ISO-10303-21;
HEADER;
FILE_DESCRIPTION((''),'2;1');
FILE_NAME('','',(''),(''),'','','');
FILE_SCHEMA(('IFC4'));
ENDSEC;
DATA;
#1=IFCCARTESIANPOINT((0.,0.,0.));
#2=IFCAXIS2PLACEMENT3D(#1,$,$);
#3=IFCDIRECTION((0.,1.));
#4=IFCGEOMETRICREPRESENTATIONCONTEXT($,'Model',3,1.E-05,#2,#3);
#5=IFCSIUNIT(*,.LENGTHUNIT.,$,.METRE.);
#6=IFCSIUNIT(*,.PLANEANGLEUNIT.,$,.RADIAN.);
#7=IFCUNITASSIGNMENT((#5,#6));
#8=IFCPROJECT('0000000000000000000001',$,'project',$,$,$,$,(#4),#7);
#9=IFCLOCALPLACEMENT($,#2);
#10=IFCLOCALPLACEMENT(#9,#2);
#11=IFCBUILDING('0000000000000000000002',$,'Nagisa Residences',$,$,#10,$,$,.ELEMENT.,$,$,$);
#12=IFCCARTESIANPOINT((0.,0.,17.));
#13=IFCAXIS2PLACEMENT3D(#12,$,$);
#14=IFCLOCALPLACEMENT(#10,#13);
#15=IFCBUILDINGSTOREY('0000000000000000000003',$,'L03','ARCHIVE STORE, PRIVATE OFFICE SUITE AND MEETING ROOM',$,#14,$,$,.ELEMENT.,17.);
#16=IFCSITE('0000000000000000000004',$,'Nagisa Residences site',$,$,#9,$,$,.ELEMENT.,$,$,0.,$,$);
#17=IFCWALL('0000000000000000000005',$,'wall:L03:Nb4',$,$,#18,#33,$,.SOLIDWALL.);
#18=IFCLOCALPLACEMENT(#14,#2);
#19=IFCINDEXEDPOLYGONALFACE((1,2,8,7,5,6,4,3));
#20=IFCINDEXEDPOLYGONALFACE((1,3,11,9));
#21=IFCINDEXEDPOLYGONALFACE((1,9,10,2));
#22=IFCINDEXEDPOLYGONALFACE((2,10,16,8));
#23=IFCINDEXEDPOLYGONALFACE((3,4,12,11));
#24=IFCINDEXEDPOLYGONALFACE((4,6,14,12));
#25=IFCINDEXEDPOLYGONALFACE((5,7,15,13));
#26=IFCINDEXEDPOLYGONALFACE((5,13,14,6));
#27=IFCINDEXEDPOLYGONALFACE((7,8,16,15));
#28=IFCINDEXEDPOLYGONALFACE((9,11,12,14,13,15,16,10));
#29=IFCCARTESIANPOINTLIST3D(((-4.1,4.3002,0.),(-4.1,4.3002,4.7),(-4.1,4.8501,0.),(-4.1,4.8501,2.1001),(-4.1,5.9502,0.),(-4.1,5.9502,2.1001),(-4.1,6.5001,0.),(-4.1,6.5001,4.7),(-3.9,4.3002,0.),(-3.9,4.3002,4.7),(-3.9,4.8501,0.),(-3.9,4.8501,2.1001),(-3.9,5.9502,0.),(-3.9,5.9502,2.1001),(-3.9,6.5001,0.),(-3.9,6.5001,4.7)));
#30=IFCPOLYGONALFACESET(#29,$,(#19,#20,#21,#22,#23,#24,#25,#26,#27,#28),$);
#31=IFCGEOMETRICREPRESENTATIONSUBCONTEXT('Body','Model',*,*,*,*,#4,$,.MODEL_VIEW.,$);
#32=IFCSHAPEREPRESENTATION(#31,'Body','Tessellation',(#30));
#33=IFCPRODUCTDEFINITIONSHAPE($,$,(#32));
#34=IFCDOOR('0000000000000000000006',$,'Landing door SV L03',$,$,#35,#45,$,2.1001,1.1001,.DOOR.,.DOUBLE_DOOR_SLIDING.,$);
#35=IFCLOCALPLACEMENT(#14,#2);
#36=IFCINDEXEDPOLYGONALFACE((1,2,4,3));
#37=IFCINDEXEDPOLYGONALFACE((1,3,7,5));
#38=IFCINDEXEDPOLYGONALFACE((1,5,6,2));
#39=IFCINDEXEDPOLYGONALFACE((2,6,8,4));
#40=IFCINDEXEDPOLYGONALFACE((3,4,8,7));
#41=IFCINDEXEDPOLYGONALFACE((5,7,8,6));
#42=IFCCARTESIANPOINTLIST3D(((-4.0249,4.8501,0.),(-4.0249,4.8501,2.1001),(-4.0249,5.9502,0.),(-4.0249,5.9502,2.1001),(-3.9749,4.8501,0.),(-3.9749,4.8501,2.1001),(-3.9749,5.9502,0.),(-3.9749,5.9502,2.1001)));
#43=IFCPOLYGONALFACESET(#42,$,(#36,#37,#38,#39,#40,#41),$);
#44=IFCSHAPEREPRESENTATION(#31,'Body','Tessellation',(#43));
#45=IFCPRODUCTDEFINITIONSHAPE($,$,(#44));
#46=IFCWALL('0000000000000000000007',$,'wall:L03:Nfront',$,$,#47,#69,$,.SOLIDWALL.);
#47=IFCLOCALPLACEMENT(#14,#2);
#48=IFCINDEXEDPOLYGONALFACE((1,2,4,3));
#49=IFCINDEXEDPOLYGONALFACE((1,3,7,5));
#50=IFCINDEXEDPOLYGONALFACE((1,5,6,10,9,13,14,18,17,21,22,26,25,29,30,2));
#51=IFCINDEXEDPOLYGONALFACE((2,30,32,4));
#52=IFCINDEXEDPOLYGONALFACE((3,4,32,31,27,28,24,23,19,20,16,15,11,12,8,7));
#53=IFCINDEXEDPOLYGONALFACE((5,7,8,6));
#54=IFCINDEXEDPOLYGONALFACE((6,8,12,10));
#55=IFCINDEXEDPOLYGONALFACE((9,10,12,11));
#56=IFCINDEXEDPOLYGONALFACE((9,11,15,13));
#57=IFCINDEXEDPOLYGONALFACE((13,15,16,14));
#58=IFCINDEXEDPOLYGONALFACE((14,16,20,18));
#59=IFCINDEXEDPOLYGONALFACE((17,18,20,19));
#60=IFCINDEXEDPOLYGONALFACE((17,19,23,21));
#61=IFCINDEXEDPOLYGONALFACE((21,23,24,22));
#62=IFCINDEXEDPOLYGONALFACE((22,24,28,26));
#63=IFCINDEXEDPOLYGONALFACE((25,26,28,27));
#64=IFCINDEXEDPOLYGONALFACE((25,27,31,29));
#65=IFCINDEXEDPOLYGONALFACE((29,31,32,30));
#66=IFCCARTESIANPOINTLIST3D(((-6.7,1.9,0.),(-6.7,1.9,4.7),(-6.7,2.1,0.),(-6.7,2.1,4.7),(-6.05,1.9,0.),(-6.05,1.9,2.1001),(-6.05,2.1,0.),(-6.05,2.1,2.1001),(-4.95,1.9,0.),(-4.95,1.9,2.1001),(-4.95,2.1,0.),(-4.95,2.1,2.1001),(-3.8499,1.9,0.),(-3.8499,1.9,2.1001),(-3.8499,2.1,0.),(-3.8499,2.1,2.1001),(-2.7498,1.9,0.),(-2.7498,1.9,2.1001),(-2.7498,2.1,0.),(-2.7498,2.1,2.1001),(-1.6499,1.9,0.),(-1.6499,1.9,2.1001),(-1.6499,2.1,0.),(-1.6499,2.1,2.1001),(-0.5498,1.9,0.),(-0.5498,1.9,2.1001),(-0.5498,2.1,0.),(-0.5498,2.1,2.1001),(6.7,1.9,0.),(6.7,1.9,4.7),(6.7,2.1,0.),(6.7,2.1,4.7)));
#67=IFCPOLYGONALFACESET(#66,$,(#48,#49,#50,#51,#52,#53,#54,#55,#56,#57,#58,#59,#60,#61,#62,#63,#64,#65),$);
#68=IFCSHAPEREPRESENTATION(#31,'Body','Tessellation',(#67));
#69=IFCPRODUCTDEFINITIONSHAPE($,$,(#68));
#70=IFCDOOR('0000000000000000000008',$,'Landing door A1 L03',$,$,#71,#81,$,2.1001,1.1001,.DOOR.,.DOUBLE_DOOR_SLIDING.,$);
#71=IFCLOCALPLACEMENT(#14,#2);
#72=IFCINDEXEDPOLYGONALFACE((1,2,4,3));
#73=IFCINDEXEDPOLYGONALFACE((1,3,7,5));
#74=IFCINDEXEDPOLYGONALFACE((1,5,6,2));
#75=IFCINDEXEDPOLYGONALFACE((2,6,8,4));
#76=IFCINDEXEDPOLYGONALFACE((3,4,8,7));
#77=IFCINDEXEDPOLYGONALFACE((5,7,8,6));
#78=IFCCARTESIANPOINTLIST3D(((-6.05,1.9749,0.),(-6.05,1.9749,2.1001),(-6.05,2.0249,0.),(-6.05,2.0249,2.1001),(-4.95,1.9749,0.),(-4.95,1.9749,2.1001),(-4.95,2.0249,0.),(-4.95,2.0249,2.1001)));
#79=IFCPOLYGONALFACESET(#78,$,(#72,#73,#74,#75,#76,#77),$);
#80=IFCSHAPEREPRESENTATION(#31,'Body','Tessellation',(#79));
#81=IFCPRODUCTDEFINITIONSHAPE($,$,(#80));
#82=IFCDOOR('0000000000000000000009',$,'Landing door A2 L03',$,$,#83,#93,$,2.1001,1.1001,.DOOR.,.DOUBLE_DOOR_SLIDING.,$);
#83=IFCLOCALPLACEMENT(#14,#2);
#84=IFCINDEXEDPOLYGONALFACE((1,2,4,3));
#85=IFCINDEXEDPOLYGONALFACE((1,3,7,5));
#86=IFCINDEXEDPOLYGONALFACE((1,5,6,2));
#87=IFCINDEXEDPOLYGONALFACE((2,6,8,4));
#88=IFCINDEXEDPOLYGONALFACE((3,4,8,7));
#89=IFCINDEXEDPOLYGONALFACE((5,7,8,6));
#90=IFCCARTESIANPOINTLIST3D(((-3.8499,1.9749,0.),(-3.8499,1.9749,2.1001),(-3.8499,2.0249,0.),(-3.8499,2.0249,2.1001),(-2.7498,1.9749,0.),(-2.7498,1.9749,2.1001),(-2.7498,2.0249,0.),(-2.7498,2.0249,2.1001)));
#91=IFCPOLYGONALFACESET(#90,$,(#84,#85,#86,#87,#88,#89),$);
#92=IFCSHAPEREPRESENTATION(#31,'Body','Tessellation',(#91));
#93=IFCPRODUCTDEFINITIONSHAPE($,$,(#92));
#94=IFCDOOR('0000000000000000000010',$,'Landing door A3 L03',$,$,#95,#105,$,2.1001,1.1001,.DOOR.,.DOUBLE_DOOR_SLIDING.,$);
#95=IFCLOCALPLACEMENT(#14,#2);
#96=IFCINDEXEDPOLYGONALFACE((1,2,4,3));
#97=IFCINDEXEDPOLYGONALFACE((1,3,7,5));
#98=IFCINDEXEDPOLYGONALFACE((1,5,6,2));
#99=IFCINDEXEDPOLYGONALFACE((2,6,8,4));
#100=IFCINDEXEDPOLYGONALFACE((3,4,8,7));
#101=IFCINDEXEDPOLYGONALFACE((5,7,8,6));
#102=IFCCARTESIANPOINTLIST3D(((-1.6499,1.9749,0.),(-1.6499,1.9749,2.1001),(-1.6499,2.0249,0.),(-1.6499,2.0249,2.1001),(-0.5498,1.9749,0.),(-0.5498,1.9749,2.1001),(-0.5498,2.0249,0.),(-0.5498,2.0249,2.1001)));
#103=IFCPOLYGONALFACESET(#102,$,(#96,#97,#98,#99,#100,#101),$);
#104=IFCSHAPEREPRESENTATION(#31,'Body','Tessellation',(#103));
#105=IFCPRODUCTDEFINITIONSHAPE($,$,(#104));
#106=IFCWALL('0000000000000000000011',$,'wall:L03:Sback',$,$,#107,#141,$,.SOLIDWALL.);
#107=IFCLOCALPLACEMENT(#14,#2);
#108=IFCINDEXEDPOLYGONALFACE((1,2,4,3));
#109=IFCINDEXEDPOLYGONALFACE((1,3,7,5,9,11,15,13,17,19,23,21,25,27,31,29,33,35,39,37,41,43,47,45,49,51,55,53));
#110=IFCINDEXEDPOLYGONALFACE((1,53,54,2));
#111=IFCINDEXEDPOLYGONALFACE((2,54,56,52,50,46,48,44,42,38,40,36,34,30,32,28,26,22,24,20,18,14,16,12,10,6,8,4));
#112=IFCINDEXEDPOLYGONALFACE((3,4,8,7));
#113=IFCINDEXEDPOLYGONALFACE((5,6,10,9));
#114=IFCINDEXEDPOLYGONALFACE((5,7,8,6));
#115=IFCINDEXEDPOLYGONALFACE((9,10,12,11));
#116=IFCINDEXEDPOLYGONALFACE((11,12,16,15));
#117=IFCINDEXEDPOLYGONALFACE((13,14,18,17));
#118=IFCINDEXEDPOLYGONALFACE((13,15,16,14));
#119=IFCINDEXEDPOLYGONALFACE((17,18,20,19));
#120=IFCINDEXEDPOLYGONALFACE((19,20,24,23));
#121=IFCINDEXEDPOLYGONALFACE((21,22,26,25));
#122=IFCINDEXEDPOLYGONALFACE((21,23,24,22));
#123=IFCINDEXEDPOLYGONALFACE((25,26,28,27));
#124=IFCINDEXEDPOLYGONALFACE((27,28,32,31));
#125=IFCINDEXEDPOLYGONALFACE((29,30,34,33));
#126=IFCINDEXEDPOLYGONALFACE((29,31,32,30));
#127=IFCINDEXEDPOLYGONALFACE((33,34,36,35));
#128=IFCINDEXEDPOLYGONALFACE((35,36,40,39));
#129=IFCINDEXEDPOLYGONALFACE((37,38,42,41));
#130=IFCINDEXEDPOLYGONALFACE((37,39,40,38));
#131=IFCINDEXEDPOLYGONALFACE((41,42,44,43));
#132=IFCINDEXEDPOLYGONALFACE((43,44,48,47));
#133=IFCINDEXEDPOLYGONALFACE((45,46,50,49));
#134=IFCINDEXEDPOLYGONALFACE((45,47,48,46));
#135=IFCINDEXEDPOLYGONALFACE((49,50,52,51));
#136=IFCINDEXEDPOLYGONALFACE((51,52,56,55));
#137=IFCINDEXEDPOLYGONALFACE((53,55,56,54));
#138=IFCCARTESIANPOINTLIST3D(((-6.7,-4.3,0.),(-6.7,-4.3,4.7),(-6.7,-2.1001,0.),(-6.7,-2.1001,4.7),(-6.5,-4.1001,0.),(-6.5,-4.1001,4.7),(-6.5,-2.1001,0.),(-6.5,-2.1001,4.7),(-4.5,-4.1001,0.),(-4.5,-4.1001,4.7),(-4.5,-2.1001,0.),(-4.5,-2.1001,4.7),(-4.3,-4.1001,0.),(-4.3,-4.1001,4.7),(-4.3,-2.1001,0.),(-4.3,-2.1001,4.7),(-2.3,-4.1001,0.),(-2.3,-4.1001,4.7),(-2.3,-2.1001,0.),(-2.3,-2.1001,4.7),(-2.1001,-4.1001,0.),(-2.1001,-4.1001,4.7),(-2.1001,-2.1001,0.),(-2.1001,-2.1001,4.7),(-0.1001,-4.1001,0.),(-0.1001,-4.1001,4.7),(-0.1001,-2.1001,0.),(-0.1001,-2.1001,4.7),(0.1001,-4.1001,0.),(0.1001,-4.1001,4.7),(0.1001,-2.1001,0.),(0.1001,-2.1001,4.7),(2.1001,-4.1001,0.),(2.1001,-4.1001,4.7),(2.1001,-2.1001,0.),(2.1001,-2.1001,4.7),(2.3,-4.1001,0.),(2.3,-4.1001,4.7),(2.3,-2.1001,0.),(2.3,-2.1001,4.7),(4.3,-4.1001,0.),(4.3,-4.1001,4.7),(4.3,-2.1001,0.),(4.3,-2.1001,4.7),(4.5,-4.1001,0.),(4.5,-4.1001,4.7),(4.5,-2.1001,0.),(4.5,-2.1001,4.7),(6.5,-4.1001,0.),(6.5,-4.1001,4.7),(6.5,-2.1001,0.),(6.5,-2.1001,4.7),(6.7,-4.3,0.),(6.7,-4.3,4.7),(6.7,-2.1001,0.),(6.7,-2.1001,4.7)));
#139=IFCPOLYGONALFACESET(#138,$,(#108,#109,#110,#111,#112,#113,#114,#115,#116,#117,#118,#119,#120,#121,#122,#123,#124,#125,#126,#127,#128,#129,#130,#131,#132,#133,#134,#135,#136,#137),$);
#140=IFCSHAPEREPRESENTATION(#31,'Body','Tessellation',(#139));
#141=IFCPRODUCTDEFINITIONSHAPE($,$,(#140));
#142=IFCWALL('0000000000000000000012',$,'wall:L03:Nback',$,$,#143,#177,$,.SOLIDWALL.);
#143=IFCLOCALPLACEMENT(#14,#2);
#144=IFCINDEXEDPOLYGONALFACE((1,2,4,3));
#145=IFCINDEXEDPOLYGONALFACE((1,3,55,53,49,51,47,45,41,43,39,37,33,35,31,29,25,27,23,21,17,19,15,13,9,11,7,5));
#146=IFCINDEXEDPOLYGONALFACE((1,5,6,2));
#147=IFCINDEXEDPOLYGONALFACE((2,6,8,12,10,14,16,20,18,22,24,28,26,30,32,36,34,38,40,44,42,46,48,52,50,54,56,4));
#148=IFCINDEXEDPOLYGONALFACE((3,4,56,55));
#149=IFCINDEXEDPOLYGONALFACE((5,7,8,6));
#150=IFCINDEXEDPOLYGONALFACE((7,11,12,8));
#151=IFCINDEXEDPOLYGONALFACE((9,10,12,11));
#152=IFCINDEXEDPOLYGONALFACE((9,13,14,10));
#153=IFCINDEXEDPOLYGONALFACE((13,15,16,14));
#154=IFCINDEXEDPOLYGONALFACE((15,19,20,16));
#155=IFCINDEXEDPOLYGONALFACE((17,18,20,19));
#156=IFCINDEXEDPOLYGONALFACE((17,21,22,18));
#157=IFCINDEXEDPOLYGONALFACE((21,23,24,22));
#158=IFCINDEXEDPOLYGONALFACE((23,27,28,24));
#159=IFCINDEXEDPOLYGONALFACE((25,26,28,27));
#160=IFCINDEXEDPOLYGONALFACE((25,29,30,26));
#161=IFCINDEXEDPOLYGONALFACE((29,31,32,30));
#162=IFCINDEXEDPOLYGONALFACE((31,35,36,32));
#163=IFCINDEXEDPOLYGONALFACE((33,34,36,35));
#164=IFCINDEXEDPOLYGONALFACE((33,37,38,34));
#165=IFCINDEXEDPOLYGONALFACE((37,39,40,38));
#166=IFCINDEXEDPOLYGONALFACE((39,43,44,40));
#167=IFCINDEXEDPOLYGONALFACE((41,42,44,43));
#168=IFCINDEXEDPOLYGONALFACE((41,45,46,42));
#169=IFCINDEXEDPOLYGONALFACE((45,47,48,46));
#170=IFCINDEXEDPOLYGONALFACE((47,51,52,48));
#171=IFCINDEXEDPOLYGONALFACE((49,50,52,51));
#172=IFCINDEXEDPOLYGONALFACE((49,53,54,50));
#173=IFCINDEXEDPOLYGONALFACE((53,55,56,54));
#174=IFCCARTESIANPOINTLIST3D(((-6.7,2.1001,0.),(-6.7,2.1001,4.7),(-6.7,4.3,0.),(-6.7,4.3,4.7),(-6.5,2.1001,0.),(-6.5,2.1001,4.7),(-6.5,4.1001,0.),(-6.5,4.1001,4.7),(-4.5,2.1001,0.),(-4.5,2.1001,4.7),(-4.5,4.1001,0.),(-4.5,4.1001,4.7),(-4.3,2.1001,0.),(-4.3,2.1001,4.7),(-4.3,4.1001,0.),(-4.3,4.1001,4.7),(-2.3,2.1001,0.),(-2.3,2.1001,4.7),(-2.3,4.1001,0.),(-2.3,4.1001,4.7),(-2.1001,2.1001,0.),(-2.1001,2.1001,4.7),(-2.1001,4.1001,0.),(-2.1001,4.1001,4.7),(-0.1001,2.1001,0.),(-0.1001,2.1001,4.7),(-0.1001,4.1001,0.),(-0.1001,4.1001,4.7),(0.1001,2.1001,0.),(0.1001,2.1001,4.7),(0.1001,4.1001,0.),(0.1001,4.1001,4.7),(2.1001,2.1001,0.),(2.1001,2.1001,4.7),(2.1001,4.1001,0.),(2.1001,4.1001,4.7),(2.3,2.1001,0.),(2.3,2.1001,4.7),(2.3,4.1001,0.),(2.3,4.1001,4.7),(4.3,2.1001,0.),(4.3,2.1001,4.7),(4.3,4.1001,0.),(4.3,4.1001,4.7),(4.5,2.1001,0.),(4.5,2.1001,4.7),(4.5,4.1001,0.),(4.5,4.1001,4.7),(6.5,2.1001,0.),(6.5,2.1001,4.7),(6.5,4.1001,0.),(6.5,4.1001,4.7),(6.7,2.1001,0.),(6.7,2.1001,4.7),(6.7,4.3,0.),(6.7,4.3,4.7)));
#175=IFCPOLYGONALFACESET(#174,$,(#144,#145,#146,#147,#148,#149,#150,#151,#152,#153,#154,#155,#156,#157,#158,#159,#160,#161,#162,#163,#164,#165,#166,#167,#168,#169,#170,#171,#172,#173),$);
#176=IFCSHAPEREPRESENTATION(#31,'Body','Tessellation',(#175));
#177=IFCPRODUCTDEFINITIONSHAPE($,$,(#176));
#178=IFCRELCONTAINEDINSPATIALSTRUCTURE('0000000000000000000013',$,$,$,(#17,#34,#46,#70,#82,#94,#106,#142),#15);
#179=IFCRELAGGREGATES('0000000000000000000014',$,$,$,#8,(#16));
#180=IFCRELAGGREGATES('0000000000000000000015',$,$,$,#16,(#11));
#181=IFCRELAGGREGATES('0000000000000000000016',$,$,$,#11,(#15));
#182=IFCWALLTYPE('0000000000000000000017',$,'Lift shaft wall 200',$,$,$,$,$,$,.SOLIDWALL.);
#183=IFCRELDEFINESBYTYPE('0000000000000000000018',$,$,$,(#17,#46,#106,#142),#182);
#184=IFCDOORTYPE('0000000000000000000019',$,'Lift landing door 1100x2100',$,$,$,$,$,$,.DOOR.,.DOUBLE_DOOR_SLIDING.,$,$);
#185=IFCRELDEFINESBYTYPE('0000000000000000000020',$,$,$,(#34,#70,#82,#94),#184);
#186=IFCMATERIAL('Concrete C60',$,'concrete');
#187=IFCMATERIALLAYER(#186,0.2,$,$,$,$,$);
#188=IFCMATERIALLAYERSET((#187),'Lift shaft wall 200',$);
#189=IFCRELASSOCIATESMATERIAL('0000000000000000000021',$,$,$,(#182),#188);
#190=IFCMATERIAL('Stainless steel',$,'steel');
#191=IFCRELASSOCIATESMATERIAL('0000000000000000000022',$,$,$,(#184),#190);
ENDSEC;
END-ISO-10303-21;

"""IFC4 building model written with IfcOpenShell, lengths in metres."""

from ifc_helpers import new_model, si_unit, direction, frame, frame_2d, origin, place, context, subcontext, project, spatial, polyline, rectangle, outline, extrude, material, layer, layer_set, type_object, element, fill, save


model = new_model("IFC4")

# Units and contexts
model_context = context("Model", 3, precision=1e-05, world=origin(), true_north=direction((0.0, 1.0)))
body_context = subcontext(model_context, "Body", "Model", "MODEL_VIEW")
ifc_project = project(units=[si_unit("LENGTHUNIT", "METRE"), si_unit("PLANEANGLEUNIT", "RADIAN")], contexts=[model_context])

# Site, building, storey
site_placement = place(None, origin())
site = spatial("IfcSite", under=ifc_project, at=site_placement, Name="Nagisa Residences site", CompositionType="ELEMENT", RefElevation=0.0)
building_placement = place(site_placement, origin())
building = spatial("IfcBuilding", under=site, at=building_placement, Name="Nagisa Residences", CompositionType="ELEMENT")
storey_placement = place(building_placement, frame((0.0, 0.0, 17.0)))
storey = spatial("IfcBuildingStorey", under=building, at=storey_placement, Name="L03", Description="ARCHIVE STORE, PRIVATE OFFICE SUITE AND MEETING ROOM", CompositionType="ELEMENT", Elevation=17.0)

# Wall, opening, door
ifc_material_1 = material(Name="Concrete C60", Category="concrete")
ifc_layer_1 = layer(ifc_material_1, 0.2)
ifc_layer_set_1 = layer_set([ifc_layer_1], Name="Lift shaft wall 200")
wall_type_1 = type_object("IfcWallType", Name="Lift shaft wall 200", PredefinedType="SOLIDWALL", material=ifc_layer_set_1)
wall_1_placement = place(storey_placement, frame((-4.0, 4.3, 0.0), z_axis=(0.0, 0.0, 1.0), x_axis=(0.0, 1.0, 0.0)))
wall_1 = element("IfcWall", 1, at=wall_1_placement, inside=storey, type_object=wall_type_1, Name="wall:L03:Nb4", PredefinedType="SOLIDWALL", context=body_context, shape_type="SweptSolid", body=[
    extrude(rectangle(XDim=2.2, YDim=0.2, at=frame_2d((1.1001, 0.0))), origin(), (0.0, 0.0, 1.0), 4.7),
])
opening_1_placement = place(wall_1_placement, frame((0.55, 0.0, 0.0)))
opening_1 = element("IfcOpeningElement", 2, at=opening_1_placement, cuts=wall_1, PredefinedType="OPENING", context=body_context, shape_type="SweptSolid", body=[
    extrude(rectangle(XDim=1.1001, YDim=2.1001, at=frame_2d((0.55, 1.05))), frame((0.0, 0.1099, 0.0), z_axis=(0.0, -1.0, 0.0), x_axis=(1.0, 0.0, 0.0)), (0.0, 0.0, 1.0), 0.22),
])
ifc_material_2 = material(Name="Stainless steel", Category="steel")
door_type_1 = type_object("IfcDoorType", Name="Lift landing door 1100x2100", OperationType="DOUBLE_DOOR_SLIDING", PredefinedType="DOOR", material=ifc_material_2)
door_1_placement = place(opening_1_placement, origin())
door_1 = element("IfcDoor", 3, at=door_1_placement, inside=storey, type_object=door_type_1, Name="Landing door SV L03", OperationType="DOUBLE_DOOR_SLIDING", OverallHeight=2.1001, OverallWidth=1.1001, PredefinedType="DOOR", context=body_context, shape_type="SweptSolid", body=[
    extrude(rectangle(XDim=1.1001, YDim=2.1001, at=frame_2d((0.55, 1.05))), frame((0.0, 0.0249, 0.0), z_axis=(0.0, -1.0, 0.0), x_axis=(1.0, 0.0, 0.0)), (0.0, 0.0, 1.0), 0.05),
])
fill(opening_1, door_1)

# Wall, openings, doors
wall_2_placement = place(storey_placement, frame((-6.7, 2.0, 0.0), z_axis=(0.0, 0.0, 1.0), x_axis=(1.0, 0.0, 0.0)))
wall_2 = element("IfcWall", 4, at=wall_2_placement, inside=storey, type_object=wall_type_1, Name="wall:L03:Nfront", PredefinedType="SOLIDWALL", context=body_context, shape_type="SweptSolid", body=[
    extrude(rectangle(XDim=13.3999, YDim=0.2, at=frame_2d((6.7, 0.0))), origin(), (0.0, 0.0, 1.0), 4.7),
])
opening_2_placement = place(wall_2_placement, frame((0.6499, 0.0, 0.0)))
opening_2 = element("IfcOpeningElement", 5, at=opening_2_placement, cuts=wall_2, PredefinedType="OPENING", context=body_context, shape_type="SweptSolid", body=[
    extrude(rectangle(XDim=1.1001, YDim=2.1001, at=frame_2d((0.55, 1.05))), frame((0.0, 0.1099, 0.0), z_axis=(0.0, -1.0, 0.0), x_axis=(1.0, 0.0, 0.0)), (0.0, 0.0, 1.0), 0.22),
])
opening_3_placement = place(wall_2_placement, frame((2.8501, 0.0, 0.0)))
opening_3 = element("IfcOpeningElement", 6, at=opening_3_placement, cuts=wall_2, PredefinedType="OPENING", context=body_context, shape_type="SweptSolid", body=[
    extrude(rectangle(XDim=1.1001, YDim=2.1001, at=frame_2d((0.55, 1.05))), frame((0.0, 0.1099, 0.0), z_axis=(0.0, -1.0, 0.0), x_axis=(1.0, 0.0, 0.0)), (0.0, 0.0, 1.0), 0.22),
])
opening_4_placement = place(wall_2_placement, frame((5.05, 0.0, 0.0)))
opening_4 = element("IfcOpeningElement", 7, at=opening_4_placement, cuts=wall_2, PredefinedType="OPENING", context=body_context, shape_type="SweptSolid", body=[
    extrude(rectangle(XDim=1.1001, YDim=2.1001, at=frame_2d((0.55, 1.05))), frame((0.0, 0.1099, 0.0), z_axis=(0.0, -1.0, 0.0), x_axis=(1.0, 0.0, 0.0)), (0.0, 0.0, 1.0), 0.22),
])
door_2_placement = place(opening_2_placement, origin())
door_2 = element("IfcDoor", 8, at=door_2_placement, inside=storey, type_object=door_type_1, Name="Landing door A1 L03", OperationType="DOUBLE_DOOR_SLIDING", OverallHeight=2.1001, OverallWidth=1.1001, PredefinedType="DOOR", context=body_context, shape_type="SweptSolid", body=[
    extrude(rectangle(XDim=1.1001, YDim=2.1001, at=frame_2d((0.55, 1.05))), frame((0.0, 0.0249, 0.0), z_axis=(0.0, -1.0, 0.0), x_axis=(1.0, 0.0, 0.0)), (0.0, 0.0, 1.0), 0.05),
])
fill(opening_2, door_2)
door_3_placement = place(opening_3_placement, origin())
door_3 = element("IfcDoor", 9, at=door_3_placement, inside=storey, type_object=door_type_1, Name="Landing door A2 L03", OperationType="DOUBLE_DOOR_SLIDING", OverallHeight=2.1001, OverallWidth=1.1001, PredefinedType="DOOR", context=body_context, shape_type="SweptSolid", body=[
    extrude(rectangle(XDim=1.1001, YDim=2.1001, at=frame_2d((0.55, 1.05))), frame((0.0, 0.0249, 0.0), z_axis=(0.0, -1.0, 0.0), x_axis=(1.0, 0.0, 0.0)), (0.0, 0.0, 1.0), 0.05),
])
fill(opening_3, door_3)
door_4_placement = place(opening_4_placement, origin())
door_4 = element("IfcDoor", 10, at=door_4_placement, inside=storey, type_object=door_type_1, Name="Landing door A3 L03", OperationType="DOUBLE_DOOR_SLIDING", OverallHeight=2.1001, OverallWidth=1.1001, PredefinedType="DOOR", context=body_context, shape_type="SweptSolid", body=[
    extrude(rectangle(XDim=1.1001, YDim=2.1001, at=frame_2d((0.55, 1.05))), frame((0.0, 0.0249, 0.0), z_axis=(0.0, -1.0, 0.0), x_axis=(1.0, 0.0, 0.0)), (0.0, 0.0, 1.0), 0.05),
])
fill(opening_4, door_4)

# Walls
wall_3_placement = place(storey_placement, origin())
element("IfcWall", 11, at=wall_3_placement, inside=storey, type_object=wall_type_1, Name="wall:L03:Sback", PredefinedType="SOLIDWALL", context=body_context, shape_type="SweptSolid", body=[
    extrude(outline(polyline([(-6.7, -2.1001), (-6.5, -2.1001), (-6.5, -4.1001), (-4.5, -4.1001), (-4.5, -2.1001), (-4.3, -2.1001), (-4.3, -4.1001), (-2.3, -4.1001), (-2.3, -2.1001), (-2.1001, -2.1001), (-2.1001, -4.1001), (-0.1001, -4.1001), (-0.1001, -2.1001), (0.1001, -2.1001), (0.1001, -4.1001), (2.1001, -4.1001), (2.1001, -2.1001), (2.3, -2.1001), (2.3, -4.1001), (4.3, -4.1001), (4.3, -2.1001), (4.5, -2.1001), (4.5, -4.1001), (6.5, -4.1001), (6.5, -2.1001), (6.7, -2.1001), (6.7, -4.3), (-6.7, -4.3), (-6.7, -2.1001)])), origin(), (0.0, 0.0, 1.0), 4.7),
])
wall_4_placement = place(storey_placement, origin())
element("IfcWall", 12, at=wall_4_placement, inside=storey, type_object=wall_type_1, Name="wall:L03:Nback", PredefinedType="SOLIDWALL", context=body_context, shape_type="SweptSolid", body=[
    extrude(outline(polyline([(-6.5, 2.1001), (-6.7, 2.1001), (-6.7, 4.3), (6.7, 4.3), (6.7, 2.1001), (6.5, 2.1001), (6.5, 4.1001), (4.5, 4.1001), (4.5, 2.1001), (4.3, 2.1001), (4.3, 4.1001), (2.3, 4.1001), (2.3, 2.1001), (2.1001, 2.1001), (2.1001, 4.1001), (0.1001, 4.1001), (0.1001, 2.1001), (-0.1001, 2.1001), (-0.1001, 4.1001), (-2.1001, 4.1001), (-2.1001, 2.1001), (-2.3, 2.1001), (-2.3, 4.1001), (-4.3, 4.1001), (-4.3, 2.1001), (-4.5, 2.1001), (-4.5, 4.1001), (-6.5, 4.1001), (-6.5, 2.1001)])), origin(), (0.0, 0.0, 1.0), 4.7),
])

save(model, "model.ifc")
